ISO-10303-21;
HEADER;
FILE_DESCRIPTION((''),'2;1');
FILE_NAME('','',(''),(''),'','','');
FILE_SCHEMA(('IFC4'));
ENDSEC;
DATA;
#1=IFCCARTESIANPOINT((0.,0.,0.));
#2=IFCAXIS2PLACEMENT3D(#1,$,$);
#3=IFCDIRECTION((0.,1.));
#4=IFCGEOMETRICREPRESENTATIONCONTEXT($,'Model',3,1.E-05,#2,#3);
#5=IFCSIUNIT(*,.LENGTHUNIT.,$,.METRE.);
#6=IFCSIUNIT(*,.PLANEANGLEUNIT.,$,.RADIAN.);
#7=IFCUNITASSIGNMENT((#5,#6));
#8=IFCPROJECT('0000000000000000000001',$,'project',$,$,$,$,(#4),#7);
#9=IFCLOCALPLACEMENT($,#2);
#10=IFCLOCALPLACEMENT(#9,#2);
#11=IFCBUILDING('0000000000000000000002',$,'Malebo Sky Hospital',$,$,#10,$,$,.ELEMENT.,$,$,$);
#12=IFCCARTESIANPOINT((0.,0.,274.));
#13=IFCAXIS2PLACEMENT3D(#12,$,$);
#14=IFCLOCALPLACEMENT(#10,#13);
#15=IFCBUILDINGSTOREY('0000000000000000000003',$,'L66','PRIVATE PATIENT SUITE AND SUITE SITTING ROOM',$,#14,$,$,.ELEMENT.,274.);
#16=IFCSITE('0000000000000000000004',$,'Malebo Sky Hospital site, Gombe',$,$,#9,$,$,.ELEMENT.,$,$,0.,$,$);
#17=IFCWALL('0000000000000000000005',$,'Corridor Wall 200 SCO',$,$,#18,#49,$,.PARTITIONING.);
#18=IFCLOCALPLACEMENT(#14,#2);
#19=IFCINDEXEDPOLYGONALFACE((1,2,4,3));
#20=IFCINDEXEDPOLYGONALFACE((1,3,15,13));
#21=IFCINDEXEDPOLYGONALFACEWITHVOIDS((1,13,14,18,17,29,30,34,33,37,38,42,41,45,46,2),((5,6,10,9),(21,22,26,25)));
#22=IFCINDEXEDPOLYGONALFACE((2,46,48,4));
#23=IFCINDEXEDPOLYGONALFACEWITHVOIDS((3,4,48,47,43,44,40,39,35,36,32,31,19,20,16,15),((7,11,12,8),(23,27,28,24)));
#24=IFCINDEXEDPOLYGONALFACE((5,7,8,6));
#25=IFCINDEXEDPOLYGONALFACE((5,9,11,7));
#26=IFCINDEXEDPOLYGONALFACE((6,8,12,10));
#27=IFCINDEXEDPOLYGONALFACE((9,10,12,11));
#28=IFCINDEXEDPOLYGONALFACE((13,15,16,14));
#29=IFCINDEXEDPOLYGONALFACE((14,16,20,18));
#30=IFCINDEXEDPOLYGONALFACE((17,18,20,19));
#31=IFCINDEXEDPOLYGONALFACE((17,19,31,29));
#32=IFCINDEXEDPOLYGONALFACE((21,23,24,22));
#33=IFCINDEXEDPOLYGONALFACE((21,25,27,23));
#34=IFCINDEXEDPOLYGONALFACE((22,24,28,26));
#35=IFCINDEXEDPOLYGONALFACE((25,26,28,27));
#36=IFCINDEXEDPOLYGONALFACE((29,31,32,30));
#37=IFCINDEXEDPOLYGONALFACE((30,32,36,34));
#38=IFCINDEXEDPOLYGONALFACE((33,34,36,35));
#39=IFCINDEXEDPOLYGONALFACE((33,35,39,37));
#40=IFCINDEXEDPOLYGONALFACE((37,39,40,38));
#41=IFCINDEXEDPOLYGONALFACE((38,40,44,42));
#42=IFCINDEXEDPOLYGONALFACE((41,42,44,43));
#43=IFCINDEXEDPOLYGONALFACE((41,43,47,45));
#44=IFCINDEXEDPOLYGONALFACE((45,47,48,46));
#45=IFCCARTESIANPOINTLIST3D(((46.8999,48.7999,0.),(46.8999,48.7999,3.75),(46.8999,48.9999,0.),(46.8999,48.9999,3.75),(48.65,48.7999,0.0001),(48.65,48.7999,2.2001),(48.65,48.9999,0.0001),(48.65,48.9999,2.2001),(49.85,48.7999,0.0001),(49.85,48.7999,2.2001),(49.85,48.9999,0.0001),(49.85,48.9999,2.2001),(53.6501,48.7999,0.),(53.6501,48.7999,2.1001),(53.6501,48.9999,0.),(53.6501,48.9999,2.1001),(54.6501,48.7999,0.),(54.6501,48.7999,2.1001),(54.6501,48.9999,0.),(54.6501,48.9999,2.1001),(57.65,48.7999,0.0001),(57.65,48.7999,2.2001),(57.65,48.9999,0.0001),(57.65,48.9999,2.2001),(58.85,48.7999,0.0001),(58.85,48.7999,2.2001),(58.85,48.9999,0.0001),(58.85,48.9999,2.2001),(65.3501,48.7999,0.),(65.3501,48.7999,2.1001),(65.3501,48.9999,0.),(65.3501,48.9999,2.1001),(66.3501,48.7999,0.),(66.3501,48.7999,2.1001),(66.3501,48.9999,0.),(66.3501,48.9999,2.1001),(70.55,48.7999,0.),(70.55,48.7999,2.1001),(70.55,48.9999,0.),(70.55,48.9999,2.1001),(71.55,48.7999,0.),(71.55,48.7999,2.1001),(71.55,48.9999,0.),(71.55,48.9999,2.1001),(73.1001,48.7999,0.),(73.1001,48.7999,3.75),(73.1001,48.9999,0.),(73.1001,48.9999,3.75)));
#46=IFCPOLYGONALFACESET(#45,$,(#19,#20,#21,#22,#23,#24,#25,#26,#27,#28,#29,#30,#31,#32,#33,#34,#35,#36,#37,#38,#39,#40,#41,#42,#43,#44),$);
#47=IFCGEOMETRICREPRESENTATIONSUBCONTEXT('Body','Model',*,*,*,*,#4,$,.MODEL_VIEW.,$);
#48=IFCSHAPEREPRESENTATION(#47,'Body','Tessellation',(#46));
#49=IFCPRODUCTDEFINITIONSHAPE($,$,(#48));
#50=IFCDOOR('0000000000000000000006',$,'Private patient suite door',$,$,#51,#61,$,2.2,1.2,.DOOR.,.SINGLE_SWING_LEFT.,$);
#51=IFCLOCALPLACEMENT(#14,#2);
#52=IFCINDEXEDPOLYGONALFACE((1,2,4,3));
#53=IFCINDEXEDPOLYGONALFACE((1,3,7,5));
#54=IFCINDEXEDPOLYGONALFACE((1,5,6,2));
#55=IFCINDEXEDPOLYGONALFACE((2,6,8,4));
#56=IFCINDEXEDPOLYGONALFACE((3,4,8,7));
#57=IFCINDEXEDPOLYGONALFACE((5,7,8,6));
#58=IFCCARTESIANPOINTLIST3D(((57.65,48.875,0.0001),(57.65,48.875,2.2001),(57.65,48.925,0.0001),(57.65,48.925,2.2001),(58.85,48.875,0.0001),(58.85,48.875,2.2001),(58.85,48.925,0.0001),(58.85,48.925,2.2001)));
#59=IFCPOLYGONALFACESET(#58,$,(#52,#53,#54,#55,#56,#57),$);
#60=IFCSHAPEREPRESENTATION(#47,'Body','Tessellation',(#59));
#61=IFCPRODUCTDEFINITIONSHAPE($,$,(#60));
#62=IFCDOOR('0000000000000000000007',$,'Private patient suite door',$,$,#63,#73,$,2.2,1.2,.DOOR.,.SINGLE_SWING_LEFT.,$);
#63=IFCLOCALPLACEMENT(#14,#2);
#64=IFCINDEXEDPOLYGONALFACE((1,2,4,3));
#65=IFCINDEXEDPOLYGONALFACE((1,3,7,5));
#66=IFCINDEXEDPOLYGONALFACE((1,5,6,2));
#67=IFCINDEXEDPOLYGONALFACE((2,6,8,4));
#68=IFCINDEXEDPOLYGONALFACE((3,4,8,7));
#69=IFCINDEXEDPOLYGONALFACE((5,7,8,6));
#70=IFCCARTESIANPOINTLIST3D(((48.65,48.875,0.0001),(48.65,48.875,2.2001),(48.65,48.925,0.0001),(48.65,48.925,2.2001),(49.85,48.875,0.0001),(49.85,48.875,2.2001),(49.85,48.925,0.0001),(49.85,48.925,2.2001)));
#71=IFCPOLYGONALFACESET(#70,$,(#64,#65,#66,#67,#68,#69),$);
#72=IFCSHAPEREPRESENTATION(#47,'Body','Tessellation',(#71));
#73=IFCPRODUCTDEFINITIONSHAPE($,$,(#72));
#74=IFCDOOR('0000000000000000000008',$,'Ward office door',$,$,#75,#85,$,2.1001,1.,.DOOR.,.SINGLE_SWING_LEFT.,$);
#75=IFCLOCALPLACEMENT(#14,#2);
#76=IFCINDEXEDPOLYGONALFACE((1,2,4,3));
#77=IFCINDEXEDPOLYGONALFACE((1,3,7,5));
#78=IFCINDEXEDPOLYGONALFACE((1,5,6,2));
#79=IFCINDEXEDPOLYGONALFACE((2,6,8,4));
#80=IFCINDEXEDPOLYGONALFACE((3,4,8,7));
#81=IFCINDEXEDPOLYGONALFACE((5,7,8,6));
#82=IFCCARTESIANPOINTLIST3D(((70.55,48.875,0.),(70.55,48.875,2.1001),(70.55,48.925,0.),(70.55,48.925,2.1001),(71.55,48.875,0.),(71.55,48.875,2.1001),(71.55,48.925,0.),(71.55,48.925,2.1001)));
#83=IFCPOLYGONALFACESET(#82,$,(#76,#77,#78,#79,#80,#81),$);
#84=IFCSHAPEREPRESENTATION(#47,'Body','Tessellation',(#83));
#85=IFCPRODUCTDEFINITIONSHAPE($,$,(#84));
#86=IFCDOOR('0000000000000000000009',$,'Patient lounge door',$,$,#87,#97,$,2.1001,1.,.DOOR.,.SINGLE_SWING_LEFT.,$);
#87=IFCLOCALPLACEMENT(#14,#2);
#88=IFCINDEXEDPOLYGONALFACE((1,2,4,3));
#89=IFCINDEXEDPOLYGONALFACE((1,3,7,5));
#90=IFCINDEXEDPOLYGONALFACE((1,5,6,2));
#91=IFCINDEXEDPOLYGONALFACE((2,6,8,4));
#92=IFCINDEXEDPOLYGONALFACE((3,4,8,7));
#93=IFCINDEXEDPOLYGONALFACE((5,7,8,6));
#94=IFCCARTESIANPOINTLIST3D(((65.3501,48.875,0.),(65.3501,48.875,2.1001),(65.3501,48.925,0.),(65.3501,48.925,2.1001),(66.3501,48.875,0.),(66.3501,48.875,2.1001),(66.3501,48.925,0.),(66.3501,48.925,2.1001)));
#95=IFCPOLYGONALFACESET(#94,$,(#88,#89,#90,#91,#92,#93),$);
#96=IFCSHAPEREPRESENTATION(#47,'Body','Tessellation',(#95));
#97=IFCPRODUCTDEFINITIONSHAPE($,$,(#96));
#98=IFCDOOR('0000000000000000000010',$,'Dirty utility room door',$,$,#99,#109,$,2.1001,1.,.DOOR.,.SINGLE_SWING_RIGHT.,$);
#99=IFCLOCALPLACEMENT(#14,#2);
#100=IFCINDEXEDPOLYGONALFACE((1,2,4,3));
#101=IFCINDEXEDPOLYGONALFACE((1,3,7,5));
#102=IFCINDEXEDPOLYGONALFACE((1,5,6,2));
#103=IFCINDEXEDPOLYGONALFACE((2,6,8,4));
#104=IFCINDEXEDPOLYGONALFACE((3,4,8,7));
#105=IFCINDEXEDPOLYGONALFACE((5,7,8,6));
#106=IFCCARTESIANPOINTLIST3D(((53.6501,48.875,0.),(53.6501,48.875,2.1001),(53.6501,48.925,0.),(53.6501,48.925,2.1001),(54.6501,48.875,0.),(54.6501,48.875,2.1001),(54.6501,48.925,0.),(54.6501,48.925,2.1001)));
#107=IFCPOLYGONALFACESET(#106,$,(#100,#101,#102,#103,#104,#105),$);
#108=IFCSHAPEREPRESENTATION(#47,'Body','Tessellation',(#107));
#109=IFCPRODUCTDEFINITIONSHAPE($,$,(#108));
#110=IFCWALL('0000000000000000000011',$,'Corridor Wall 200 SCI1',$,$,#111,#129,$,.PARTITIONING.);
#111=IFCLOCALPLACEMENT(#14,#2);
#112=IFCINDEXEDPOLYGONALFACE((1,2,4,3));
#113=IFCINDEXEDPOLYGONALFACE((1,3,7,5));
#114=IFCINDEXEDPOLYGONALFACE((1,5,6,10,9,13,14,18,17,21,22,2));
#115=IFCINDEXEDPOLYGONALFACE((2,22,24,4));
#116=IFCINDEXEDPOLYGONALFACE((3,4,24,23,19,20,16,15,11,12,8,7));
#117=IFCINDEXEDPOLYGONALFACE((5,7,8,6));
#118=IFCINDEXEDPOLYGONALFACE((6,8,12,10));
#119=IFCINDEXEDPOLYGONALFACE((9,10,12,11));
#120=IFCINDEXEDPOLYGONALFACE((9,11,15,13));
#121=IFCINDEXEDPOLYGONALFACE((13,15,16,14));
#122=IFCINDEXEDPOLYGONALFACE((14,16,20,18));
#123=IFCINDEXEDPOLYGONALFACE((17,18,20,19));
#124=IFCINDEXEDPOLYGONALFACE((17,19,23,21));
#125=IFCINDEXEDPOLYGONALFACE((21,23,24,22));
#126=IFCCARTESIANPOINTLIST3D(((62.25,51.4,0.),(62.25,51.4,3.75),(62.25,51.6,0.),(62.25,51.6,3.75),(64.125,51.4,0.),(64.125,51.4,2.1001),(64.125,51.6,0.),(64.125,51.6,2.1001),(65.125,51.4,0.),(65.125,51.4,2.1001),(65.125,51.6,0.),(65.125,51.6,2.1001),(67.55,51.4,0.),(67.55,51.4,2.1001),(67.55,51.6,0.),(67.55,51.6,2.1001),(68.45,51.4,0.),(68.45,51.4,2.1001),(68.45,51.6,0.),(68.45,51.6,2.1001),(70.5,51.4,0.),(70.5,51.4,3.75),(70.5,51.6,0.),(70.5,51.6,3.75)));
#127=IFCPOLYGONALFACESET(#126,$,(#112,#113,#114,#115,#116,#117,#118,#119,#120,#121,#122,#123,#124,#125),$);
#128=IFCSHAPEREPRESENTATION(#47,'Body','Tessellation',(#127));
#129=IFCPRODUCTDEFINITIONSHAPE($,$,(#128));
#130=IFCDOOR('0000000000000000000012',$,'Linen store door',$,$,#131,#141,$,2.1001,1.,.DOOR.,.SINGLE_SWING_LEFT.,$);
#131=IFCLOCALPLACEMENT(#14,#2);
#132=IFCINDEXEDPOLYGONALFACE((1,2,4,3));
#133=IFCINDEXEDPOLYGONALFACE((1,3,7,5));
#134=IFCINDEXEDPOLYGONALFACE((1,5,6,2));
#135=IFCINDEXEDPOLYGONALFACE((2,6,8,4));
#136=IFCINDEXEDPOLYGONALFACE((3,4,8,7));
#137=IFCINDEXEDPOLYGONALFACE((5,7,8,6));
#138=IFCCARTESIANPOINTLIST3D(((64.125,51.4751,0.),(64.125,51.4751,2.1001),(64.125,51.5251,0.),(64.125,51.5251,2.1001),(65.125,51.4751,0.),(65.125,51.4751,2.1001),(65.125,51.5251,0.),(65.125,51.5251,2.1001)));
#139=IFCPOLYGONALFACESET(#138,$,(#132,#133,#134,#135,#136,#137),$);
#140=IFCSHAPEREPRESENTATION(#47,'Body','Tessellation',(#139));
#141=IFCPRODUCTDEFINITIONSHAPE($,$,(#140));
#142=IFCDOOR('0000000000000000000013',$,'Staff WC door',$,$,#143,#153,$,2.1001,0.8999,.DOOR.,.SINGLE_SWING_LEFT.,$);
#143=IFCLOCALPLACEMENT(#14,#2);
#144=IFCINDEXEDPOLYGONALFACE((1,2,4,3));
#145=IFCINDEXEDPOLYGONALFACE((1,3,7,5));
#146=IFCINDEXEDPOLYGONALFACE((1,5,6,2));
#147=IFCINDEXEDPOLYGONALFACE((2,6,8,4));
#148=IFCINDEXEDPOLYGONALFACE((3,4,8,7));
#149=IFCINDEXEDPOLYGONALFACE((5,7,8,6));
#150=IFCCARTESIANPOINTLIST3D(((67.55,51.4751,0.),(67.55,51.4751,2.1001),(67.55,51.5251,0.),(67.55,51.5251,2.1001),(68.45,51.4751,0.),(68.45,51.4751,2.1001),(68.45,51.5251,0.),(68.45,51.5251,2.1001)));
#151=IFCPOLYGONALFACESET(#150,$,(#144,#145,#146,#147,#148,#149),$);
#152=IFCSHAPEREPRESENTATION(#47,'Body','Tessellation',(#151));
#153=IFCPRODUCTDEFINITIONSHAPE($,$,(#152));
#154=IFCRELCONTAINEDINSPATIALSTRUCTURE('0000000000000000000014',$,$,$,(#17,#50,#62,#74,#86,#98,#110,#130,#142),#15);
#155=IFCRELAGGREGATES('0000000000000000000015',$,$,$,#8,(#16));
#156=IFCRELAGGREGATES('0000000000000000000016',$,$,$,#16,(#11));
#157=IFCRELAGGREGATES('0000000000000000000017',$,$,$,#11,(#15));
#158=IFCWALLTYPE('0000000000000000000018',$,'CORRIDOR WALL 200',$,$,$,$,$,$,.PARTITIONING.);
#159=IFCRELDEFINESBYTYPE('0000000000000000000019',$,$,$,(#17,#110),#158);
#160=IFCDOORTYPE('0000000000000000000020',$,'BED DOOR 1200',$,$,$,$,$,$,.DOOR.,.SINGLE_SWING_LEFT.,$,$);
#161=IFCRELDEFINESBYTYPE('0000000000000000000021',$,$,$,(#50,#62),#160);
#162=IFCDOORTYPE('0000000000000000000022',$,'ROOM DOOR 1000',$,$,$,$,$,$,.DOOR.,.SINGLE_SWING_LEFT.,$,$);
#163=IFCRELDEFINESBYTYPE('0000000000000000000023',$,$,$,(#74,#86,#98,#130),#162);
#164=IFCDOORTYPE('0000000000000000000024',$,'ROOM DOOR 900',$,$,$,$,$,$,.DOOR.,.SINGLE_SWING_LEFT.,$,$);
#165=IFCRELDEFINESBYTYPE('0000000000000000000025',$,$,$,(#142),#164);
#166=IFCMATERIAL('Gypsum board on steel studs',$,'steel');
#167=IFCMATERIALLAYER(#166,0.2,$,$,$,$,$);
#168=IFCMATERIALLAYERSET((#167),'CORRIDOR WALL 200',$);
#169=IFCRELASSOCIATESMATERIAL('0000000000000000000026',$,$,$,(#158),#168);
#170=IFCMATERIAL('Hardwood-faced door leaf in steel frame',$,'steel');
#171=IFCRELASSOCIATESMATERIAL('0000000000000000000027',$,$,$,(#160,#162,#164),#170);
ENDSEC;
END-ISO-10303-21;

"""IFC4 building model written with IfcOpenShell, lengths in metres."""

from ifc_helpers import new_model, si_unit, direction, frame, frame_2d, origin, place, context, subcontext, project, spatial, rectangle, extrude, material, layer, layer_set, type_object, element, fill, save


model = new_model("IFC4")

# Units and contexts
model_context = context("Model", 3, precision=1e-05, world=origin(), true_north=direction((0.0, 1.0)))
body_context = subcontext(model_context, "Body", "Model", "MODEL_VIEW")
ifc_project = project(units=[si_unit("LENGTHUNIT", "METRE"), si_unit("PLANEANGLEUNIT", "RADIAN")], contexts=[model_context])

# Site, building, storey
site_placement = place(None, origin())
site = spatial("IfcSite", under=ifc_project, at=site_placement, Name="Malebo Sky Hospital site, Gombe", CompositionType="ELEMENT", RefElevation=0.0)
building_placement = place(site_placement, origin())
building = spatial("IfcBuilding", under=site, at=building_placement, Name="Malebo Sky Hospital", CompositionType="ELEMENT")
storey_placement = place(building_placement, frame((0.0, 0.0, 274.0)))
storey = spatial("IfcBuildingStorey", under=building, at=storey_placement, Name="L66", Description="PRIVATE PATIENT SUITE AND SUITE SITTING ROOM", CompositionType="ELEMENT", Elevation=274.0)

# Walls, openings, doors
ifc_material_1 = material(Name="Gypsum board on steel studs", Category="steel")
ifc_layer_1 = layer(ifc_material_1, 0.2)
ifc_layer_set_1 = layer_set([ifc_layer_1], Name="CORRIDOR WALL 200")
wall_type_1 = type_object("IfcWallType", Name="CORRIDOR WALL 200", PredefinedType="PARTITIONING", material=ifc_layer_set_1)
wall_1_placement = place(storey_placement, frame((73.1001, 48.8999, 0.0), z_axis=(0.0, 0.0, 1.0), x_axis=(-1.0, 0.0, 0.0)))
wall_1 = element("IfcWall", 1, at=wall_1_placement, inside=storey, type_object=wall_type_1, Name="Corridor Wall 200 SCO", PredefinedType="PARTITIONING", context=body_context, shape_type="SweptSolid", body=[
    extrude(rectangle(XDim=26.2002, YDim=0.2, at=frame_2d((13.1001, 0.0))), origin(), (0.0, 0.0, 1.0), 3.75),
])
opening_1_placement = place(wall_1_placement, frame((1.55, 0.0, 0.0)))
opening_1 = element("IfcOpeningElement", 2, at=opening_1_placement, cuts=wall_1, PredefinedType="OPENING", context=body_context, shape_type="SweptSolid", body=[
    extrude(rectangle(XDim=1.0, YDim=2.1001, at=frame_2d((0.5, 1.05))), frame((0.0, 0.1099, 0.0), z_axis=(0.0, -1.0, 0.0), x_axis=(1.0, 0.0, 0.0)), (0.0, 0.0, 1.0), 0.22),
])
opening_2_placement = place(wall_1_placement, frame((6.75, 0.0, 0.0)))
opening_2 = element("IfcOpeningElement", 3, at=opening_2_placement, cuts=wall_1, PredefinedType="OPENING", context=body_context, shape_type="SweptSolid", body=[
    extrude(rectangle(XDim=1.0, YDim=2.1001, at=frame_2d((0.5, 1.05))), frame((0.0, 0.1099, 0.0), z_axis=(0.0, -1.0, 0.0), x_axis=(1.0, 0.0, 0.0)), (0.0, 0.0, 1.0), 0.22),
])
opening_3_placement = place(wall_1_placement, frame((14.25, 0.0, 0.0)))
opening_3 = element("IfcOpeningElement", 4, at=opening_3_placement, cuts=wall_1, PredefinedType="OPENING", context=body_context, shape_type="SweptSolid", body=[
    extrude(rectangle(XDim=1.2, YDim=2.2, at=frame_2d((0.6001, 1.1001))), frame((0.0, 0.1099, 0.0), z_axis=(0.0, -1.0, 0.0), x_axis=(1.0, 0.0, 0.0)), (0.0, 0.0, 1.0), 0.22),
])
opening_4_placement = place(wall_1_placement, frame((18.45, 0.0, 0.0)))
opening_4 = element("IfcOpeningElement", 5, at=opening_4_placement, cuts=wall_1, PredefinedType="OPENING", context=body_context, shape_type="SweptSolid", body=[
    extrude(rectangle(XDim=1.0, YDim=2.1001, at=frame_2d((0.5, 1.05))), frame((0.0, 0.1099, 0.0), z_axis=(0.0, -1.0, 0.0), x_axis=(1.0, 0.0, 0.0)), (0.0, 0.0, 1.0), 0.22),
])
opening_5_placement = place(wall_1_placement, frame((23.25, 0.0, 0.0)))
opening_5 = element("IfcOpeningElement", 6, at=opening_5_placement, cuts=wall_1, PredefinedType="OPENING", context=body_context, shape_type="SweptSolid", body=[
    extrude(rectangle(XDim=1.2, YDim=2.2, at=frame_2d((0.6001, 1.1001))), frame((0.0, 0.1099, 0.0), z_axis=(0.0, -1.0, 0.0), x_axis=(1.0, 0.0, 0.0)), (0.0, 0.0, 1.0), 0.22),
])
ifc_material_2 = material(Name="Hardwood-faced door leaf in steel frame", Category="steel")
door_type_1 = type_object("IfcDoorType", Name="BED DOOR 1200", OperationType="SINGLE_SWING_LEFT", PredefinedType="DOOR", material=ifc_material_2)
door_1_placement = place(opening_3_placement, origin())
door_1 = element("IfcDoor", 7, at=door_1_placement, inside=storey, type_object=door_type_1, Name="Private patient suite door", OperationType="SINGLE_SWING_LEFT", OverallHeight=2.2, OverallWidth=1.2, PredefinedType="DOOR", context=body_context, shape_type="SweptSolid", body=[
    extrude(rectangle(XDim=1.2, YDim=2.2, at=frame_2d((0.6001, 1.1001))), frame((0.0, 0.0249, 0.0), z_axis=(0.0, -1.0, 0.0), x_axis=(1.0, 0.0, 0.0)), (0.0, 0.0, 1.0), 0.05),
])
fill(opening_3, door_1)
door_2_placement = place(opening_5_placement, origin())
door_2 = element("IfcDoor", 8, at=door_2_placement, inside=storey, type_object=door_type_1, Name="Private patient suite door", OperationType="SINGLE_SWING_LEFT", OverallHeight=2.2, OverallWidth=1.2, PredefinedType="DOOR", context=body_context, shape_type="SweptSolid", body=[
    extrude(rectangle(XDim=1.2, YDim=2.2, at=frame_2d((0.6001, 1.1001))), frame((0.0, 0.0249, 0.0), z_axis=(0.0, -1.0, 0.0), x_axis=(1.0, 0.0, 0.0)), (0.0, 0.0, 1.0), 0.05),
])
fill(opening_5, door_2)
door_type_2 = type_object("IfcDoorType", Name="ROOM DOOR 1000", OperationType="SINGLE_SWING_LEFT", PredefinedType="DOOR", material=ifc_material_2)
door_3_placement = place(opening_1_placement, origin())
door_3 = element("IfcDoor", 9, at=door_3_placement, inside=storey, type_object=door_type_2, Name="Ward office door", OperationType="SINGLE_SWING_LEFT", OverallHeight=2.1001, OverallWidth=1.0, PredefinedType="DOOR", context=body_context, shape_type="SweptSolid", body=[
    extrude(rectangle(XDim=1.0, YDim=2.1001, at=frame_2d((0.5, 1.05))), frame((0.0, 0.0249, 0.0), z_axis=(0.0, -1.0, 0.0), x_axis=(1.0, 0.0, 0.0)), (0.0, 0.0, 1.0), 0.05),
])
fill(opening_1, door_3)
door_4_placement = place(opening_2_placement, origin())
door_4 = element("IfcDoor", 10, at=door_4_placement, inside=storey, type_object=door_type_2, Name="Patient lounge door", OperationType="SINGLE_SWING_LEFT", OverallHeight=2.1001, OverallWidth=1.0, PredefinedType="DOOR", context=body_context, shape_type="SweptSolid", body=[
    extrude(rectangle(XDim=1.0, YDim=2.1001, at=frame_2d((0.5, 1.05))), frame((0.0, 0.0249, 0.0), z_axis=(0.0, -1.0, 0.0), x_axis=(1.0, 0.0, 0.0)), (0.0, 0.0, 1.0), 0.05),
])
fill(opening_2, door_4)
door_5_placement = place(opening_4_placement, origin())
door_5 = element("IfcDoor", 11, at=door_5_placement, inside=storey, type_object=door_type_2, Name="Dirty utility room door", OperationType="SINGLE_SWING_RIGHT", OverallHeight=2.1001, OverallWidth=1.0, PredefinedType="DOOR", context=body_context, shape_type="SweptSolid", body=[
    extrude(rectangle(XDim=1.0, YDim=2.1001, at=frame_2d((0.5, 1.05))), frame((0.0, 0.0249, 0.0), z_axis=(0.0, -1.0, 0.0), x_axis=(1.0, 0.0, 0.0)), (0.0, 0.0, 1.0), 0.05),
])
fill(opening_4, door_5)
wall_2_placement = place(storey_placement, frame((70.5, 51.5, 0.0), z_axis=(0.0, 0.0, 1.0), x_axis=(-1.0, 0.0, 0.0)))
wall_2 = element("IfcWall", 12, at=wall_2_placement, inside=storey, type_object=wall_type_1, Name="Corridor Wall 200 SCI1", PredefinedType="PARTITIONING", context=body_context, shape_type="SweptSolid", body=[
    extrude(rectangle(XDim=8.25, YDim=0.2, at=frame_2d((4.125, 0.0))), origin(), (0.0, 0.0, 1.0), 3.75),
])
opening_6_placement = place(wall_2_placement, frame((2.05, 0.0, 0.0)))
opening_6 = element("IfcOpeningElement", 13, at=opening_6_placement, cuts=wall_2, PredefinedType="OPENING", context=body_context, shape_type="SweptSolid", body=[
    extrude(rectangle(XDim=0.8999, YDim=2.1001, at=frame_2d((0.45, 1.05))), frame((0.0, 0.1099, 0.0), z_axis=(0.0, -1.0, 0.0), x_axis=(1.0, 0.0, 0.0)), (0.0, 0.0, 1.0), 0.22),
])
opening_7_placement = place(wall_2_placement, frame((5.375, 0.0, 0.0)))
opening_7 = element("IfcOpeningElement", 14, at=opening_7_placement, cuts=wall_2, PredefinedType="OPENING", context=body_context, shape_type="SweptSolid", body=[
    extrude(rectangle(XDim=1.0, YDim=2.1001, at=frame_2d((0.5, 1.05))), frame((0.0, 0.1099, 0.0), z_axis=(0.0, -1.0, 0.0), x_axis=(1.0, 0.0, 0.0)), (0.0, 0.0, 1.0), 0.22),
])
door_6_placement = place(opening_7_placement, origin())
door_6 = element("IfcDoor", 15, at=door_6_placement, inside=storey, type_object=door_type_2, Name="Linen store door", OperationType="SINGLE_SWING_LEFT", OverallHeight=2.1001, OverallWidth=1.0, PredefinedType="DOOR", context=body_context, shape_type="SweptSolid", body=[
    extrude(rectangle(XDim=1.0, YDim=2.1001, at=frame_2d((0.5, 1.05))), frame((0.0, 0.0249, 0.0), z_axis=(0.0, -1.0, 0.0), x_axis=(1.0, 0.0, 0.0)), (0.0, 0.0, 1.0), 0.05),
])
fill(opening_7, door_6)
door_type_3 = type_object("IfcDoorType", Name="ROOM DOOR 900", OperationType="SINGLE_SWING_LEFT", PredefinedType="DOOR", material=ifc_material_2)
door_7_placement = place(opening_6_placement, origin())
door_7 = element("IfcDoor", 16, at=door_7_placement, inside=storey, type_object=door_type_3, Name="Staff WC door", OperationType="SINGLE_SWING_LEFT", OverallHeight=2.1001, OverallWidth=0.8999, PredefinedType="DOOR", context=body_context, shape_type="SweptSolid", body=[
    extrude(rectangle(XDim=0.8999, YDim=2.1001, at=frame_2d((0.45, 1.05))), frame((0.0, 0.0249, 0.0), z_axis=(0.0, -1.0, 0.0), x_axis=(1.0, 0.0, 0.0)), (0.0, 0.0, 1.0), 0.05),
])
fill(opening_6, door_7)

save(model, "model.ifc")
